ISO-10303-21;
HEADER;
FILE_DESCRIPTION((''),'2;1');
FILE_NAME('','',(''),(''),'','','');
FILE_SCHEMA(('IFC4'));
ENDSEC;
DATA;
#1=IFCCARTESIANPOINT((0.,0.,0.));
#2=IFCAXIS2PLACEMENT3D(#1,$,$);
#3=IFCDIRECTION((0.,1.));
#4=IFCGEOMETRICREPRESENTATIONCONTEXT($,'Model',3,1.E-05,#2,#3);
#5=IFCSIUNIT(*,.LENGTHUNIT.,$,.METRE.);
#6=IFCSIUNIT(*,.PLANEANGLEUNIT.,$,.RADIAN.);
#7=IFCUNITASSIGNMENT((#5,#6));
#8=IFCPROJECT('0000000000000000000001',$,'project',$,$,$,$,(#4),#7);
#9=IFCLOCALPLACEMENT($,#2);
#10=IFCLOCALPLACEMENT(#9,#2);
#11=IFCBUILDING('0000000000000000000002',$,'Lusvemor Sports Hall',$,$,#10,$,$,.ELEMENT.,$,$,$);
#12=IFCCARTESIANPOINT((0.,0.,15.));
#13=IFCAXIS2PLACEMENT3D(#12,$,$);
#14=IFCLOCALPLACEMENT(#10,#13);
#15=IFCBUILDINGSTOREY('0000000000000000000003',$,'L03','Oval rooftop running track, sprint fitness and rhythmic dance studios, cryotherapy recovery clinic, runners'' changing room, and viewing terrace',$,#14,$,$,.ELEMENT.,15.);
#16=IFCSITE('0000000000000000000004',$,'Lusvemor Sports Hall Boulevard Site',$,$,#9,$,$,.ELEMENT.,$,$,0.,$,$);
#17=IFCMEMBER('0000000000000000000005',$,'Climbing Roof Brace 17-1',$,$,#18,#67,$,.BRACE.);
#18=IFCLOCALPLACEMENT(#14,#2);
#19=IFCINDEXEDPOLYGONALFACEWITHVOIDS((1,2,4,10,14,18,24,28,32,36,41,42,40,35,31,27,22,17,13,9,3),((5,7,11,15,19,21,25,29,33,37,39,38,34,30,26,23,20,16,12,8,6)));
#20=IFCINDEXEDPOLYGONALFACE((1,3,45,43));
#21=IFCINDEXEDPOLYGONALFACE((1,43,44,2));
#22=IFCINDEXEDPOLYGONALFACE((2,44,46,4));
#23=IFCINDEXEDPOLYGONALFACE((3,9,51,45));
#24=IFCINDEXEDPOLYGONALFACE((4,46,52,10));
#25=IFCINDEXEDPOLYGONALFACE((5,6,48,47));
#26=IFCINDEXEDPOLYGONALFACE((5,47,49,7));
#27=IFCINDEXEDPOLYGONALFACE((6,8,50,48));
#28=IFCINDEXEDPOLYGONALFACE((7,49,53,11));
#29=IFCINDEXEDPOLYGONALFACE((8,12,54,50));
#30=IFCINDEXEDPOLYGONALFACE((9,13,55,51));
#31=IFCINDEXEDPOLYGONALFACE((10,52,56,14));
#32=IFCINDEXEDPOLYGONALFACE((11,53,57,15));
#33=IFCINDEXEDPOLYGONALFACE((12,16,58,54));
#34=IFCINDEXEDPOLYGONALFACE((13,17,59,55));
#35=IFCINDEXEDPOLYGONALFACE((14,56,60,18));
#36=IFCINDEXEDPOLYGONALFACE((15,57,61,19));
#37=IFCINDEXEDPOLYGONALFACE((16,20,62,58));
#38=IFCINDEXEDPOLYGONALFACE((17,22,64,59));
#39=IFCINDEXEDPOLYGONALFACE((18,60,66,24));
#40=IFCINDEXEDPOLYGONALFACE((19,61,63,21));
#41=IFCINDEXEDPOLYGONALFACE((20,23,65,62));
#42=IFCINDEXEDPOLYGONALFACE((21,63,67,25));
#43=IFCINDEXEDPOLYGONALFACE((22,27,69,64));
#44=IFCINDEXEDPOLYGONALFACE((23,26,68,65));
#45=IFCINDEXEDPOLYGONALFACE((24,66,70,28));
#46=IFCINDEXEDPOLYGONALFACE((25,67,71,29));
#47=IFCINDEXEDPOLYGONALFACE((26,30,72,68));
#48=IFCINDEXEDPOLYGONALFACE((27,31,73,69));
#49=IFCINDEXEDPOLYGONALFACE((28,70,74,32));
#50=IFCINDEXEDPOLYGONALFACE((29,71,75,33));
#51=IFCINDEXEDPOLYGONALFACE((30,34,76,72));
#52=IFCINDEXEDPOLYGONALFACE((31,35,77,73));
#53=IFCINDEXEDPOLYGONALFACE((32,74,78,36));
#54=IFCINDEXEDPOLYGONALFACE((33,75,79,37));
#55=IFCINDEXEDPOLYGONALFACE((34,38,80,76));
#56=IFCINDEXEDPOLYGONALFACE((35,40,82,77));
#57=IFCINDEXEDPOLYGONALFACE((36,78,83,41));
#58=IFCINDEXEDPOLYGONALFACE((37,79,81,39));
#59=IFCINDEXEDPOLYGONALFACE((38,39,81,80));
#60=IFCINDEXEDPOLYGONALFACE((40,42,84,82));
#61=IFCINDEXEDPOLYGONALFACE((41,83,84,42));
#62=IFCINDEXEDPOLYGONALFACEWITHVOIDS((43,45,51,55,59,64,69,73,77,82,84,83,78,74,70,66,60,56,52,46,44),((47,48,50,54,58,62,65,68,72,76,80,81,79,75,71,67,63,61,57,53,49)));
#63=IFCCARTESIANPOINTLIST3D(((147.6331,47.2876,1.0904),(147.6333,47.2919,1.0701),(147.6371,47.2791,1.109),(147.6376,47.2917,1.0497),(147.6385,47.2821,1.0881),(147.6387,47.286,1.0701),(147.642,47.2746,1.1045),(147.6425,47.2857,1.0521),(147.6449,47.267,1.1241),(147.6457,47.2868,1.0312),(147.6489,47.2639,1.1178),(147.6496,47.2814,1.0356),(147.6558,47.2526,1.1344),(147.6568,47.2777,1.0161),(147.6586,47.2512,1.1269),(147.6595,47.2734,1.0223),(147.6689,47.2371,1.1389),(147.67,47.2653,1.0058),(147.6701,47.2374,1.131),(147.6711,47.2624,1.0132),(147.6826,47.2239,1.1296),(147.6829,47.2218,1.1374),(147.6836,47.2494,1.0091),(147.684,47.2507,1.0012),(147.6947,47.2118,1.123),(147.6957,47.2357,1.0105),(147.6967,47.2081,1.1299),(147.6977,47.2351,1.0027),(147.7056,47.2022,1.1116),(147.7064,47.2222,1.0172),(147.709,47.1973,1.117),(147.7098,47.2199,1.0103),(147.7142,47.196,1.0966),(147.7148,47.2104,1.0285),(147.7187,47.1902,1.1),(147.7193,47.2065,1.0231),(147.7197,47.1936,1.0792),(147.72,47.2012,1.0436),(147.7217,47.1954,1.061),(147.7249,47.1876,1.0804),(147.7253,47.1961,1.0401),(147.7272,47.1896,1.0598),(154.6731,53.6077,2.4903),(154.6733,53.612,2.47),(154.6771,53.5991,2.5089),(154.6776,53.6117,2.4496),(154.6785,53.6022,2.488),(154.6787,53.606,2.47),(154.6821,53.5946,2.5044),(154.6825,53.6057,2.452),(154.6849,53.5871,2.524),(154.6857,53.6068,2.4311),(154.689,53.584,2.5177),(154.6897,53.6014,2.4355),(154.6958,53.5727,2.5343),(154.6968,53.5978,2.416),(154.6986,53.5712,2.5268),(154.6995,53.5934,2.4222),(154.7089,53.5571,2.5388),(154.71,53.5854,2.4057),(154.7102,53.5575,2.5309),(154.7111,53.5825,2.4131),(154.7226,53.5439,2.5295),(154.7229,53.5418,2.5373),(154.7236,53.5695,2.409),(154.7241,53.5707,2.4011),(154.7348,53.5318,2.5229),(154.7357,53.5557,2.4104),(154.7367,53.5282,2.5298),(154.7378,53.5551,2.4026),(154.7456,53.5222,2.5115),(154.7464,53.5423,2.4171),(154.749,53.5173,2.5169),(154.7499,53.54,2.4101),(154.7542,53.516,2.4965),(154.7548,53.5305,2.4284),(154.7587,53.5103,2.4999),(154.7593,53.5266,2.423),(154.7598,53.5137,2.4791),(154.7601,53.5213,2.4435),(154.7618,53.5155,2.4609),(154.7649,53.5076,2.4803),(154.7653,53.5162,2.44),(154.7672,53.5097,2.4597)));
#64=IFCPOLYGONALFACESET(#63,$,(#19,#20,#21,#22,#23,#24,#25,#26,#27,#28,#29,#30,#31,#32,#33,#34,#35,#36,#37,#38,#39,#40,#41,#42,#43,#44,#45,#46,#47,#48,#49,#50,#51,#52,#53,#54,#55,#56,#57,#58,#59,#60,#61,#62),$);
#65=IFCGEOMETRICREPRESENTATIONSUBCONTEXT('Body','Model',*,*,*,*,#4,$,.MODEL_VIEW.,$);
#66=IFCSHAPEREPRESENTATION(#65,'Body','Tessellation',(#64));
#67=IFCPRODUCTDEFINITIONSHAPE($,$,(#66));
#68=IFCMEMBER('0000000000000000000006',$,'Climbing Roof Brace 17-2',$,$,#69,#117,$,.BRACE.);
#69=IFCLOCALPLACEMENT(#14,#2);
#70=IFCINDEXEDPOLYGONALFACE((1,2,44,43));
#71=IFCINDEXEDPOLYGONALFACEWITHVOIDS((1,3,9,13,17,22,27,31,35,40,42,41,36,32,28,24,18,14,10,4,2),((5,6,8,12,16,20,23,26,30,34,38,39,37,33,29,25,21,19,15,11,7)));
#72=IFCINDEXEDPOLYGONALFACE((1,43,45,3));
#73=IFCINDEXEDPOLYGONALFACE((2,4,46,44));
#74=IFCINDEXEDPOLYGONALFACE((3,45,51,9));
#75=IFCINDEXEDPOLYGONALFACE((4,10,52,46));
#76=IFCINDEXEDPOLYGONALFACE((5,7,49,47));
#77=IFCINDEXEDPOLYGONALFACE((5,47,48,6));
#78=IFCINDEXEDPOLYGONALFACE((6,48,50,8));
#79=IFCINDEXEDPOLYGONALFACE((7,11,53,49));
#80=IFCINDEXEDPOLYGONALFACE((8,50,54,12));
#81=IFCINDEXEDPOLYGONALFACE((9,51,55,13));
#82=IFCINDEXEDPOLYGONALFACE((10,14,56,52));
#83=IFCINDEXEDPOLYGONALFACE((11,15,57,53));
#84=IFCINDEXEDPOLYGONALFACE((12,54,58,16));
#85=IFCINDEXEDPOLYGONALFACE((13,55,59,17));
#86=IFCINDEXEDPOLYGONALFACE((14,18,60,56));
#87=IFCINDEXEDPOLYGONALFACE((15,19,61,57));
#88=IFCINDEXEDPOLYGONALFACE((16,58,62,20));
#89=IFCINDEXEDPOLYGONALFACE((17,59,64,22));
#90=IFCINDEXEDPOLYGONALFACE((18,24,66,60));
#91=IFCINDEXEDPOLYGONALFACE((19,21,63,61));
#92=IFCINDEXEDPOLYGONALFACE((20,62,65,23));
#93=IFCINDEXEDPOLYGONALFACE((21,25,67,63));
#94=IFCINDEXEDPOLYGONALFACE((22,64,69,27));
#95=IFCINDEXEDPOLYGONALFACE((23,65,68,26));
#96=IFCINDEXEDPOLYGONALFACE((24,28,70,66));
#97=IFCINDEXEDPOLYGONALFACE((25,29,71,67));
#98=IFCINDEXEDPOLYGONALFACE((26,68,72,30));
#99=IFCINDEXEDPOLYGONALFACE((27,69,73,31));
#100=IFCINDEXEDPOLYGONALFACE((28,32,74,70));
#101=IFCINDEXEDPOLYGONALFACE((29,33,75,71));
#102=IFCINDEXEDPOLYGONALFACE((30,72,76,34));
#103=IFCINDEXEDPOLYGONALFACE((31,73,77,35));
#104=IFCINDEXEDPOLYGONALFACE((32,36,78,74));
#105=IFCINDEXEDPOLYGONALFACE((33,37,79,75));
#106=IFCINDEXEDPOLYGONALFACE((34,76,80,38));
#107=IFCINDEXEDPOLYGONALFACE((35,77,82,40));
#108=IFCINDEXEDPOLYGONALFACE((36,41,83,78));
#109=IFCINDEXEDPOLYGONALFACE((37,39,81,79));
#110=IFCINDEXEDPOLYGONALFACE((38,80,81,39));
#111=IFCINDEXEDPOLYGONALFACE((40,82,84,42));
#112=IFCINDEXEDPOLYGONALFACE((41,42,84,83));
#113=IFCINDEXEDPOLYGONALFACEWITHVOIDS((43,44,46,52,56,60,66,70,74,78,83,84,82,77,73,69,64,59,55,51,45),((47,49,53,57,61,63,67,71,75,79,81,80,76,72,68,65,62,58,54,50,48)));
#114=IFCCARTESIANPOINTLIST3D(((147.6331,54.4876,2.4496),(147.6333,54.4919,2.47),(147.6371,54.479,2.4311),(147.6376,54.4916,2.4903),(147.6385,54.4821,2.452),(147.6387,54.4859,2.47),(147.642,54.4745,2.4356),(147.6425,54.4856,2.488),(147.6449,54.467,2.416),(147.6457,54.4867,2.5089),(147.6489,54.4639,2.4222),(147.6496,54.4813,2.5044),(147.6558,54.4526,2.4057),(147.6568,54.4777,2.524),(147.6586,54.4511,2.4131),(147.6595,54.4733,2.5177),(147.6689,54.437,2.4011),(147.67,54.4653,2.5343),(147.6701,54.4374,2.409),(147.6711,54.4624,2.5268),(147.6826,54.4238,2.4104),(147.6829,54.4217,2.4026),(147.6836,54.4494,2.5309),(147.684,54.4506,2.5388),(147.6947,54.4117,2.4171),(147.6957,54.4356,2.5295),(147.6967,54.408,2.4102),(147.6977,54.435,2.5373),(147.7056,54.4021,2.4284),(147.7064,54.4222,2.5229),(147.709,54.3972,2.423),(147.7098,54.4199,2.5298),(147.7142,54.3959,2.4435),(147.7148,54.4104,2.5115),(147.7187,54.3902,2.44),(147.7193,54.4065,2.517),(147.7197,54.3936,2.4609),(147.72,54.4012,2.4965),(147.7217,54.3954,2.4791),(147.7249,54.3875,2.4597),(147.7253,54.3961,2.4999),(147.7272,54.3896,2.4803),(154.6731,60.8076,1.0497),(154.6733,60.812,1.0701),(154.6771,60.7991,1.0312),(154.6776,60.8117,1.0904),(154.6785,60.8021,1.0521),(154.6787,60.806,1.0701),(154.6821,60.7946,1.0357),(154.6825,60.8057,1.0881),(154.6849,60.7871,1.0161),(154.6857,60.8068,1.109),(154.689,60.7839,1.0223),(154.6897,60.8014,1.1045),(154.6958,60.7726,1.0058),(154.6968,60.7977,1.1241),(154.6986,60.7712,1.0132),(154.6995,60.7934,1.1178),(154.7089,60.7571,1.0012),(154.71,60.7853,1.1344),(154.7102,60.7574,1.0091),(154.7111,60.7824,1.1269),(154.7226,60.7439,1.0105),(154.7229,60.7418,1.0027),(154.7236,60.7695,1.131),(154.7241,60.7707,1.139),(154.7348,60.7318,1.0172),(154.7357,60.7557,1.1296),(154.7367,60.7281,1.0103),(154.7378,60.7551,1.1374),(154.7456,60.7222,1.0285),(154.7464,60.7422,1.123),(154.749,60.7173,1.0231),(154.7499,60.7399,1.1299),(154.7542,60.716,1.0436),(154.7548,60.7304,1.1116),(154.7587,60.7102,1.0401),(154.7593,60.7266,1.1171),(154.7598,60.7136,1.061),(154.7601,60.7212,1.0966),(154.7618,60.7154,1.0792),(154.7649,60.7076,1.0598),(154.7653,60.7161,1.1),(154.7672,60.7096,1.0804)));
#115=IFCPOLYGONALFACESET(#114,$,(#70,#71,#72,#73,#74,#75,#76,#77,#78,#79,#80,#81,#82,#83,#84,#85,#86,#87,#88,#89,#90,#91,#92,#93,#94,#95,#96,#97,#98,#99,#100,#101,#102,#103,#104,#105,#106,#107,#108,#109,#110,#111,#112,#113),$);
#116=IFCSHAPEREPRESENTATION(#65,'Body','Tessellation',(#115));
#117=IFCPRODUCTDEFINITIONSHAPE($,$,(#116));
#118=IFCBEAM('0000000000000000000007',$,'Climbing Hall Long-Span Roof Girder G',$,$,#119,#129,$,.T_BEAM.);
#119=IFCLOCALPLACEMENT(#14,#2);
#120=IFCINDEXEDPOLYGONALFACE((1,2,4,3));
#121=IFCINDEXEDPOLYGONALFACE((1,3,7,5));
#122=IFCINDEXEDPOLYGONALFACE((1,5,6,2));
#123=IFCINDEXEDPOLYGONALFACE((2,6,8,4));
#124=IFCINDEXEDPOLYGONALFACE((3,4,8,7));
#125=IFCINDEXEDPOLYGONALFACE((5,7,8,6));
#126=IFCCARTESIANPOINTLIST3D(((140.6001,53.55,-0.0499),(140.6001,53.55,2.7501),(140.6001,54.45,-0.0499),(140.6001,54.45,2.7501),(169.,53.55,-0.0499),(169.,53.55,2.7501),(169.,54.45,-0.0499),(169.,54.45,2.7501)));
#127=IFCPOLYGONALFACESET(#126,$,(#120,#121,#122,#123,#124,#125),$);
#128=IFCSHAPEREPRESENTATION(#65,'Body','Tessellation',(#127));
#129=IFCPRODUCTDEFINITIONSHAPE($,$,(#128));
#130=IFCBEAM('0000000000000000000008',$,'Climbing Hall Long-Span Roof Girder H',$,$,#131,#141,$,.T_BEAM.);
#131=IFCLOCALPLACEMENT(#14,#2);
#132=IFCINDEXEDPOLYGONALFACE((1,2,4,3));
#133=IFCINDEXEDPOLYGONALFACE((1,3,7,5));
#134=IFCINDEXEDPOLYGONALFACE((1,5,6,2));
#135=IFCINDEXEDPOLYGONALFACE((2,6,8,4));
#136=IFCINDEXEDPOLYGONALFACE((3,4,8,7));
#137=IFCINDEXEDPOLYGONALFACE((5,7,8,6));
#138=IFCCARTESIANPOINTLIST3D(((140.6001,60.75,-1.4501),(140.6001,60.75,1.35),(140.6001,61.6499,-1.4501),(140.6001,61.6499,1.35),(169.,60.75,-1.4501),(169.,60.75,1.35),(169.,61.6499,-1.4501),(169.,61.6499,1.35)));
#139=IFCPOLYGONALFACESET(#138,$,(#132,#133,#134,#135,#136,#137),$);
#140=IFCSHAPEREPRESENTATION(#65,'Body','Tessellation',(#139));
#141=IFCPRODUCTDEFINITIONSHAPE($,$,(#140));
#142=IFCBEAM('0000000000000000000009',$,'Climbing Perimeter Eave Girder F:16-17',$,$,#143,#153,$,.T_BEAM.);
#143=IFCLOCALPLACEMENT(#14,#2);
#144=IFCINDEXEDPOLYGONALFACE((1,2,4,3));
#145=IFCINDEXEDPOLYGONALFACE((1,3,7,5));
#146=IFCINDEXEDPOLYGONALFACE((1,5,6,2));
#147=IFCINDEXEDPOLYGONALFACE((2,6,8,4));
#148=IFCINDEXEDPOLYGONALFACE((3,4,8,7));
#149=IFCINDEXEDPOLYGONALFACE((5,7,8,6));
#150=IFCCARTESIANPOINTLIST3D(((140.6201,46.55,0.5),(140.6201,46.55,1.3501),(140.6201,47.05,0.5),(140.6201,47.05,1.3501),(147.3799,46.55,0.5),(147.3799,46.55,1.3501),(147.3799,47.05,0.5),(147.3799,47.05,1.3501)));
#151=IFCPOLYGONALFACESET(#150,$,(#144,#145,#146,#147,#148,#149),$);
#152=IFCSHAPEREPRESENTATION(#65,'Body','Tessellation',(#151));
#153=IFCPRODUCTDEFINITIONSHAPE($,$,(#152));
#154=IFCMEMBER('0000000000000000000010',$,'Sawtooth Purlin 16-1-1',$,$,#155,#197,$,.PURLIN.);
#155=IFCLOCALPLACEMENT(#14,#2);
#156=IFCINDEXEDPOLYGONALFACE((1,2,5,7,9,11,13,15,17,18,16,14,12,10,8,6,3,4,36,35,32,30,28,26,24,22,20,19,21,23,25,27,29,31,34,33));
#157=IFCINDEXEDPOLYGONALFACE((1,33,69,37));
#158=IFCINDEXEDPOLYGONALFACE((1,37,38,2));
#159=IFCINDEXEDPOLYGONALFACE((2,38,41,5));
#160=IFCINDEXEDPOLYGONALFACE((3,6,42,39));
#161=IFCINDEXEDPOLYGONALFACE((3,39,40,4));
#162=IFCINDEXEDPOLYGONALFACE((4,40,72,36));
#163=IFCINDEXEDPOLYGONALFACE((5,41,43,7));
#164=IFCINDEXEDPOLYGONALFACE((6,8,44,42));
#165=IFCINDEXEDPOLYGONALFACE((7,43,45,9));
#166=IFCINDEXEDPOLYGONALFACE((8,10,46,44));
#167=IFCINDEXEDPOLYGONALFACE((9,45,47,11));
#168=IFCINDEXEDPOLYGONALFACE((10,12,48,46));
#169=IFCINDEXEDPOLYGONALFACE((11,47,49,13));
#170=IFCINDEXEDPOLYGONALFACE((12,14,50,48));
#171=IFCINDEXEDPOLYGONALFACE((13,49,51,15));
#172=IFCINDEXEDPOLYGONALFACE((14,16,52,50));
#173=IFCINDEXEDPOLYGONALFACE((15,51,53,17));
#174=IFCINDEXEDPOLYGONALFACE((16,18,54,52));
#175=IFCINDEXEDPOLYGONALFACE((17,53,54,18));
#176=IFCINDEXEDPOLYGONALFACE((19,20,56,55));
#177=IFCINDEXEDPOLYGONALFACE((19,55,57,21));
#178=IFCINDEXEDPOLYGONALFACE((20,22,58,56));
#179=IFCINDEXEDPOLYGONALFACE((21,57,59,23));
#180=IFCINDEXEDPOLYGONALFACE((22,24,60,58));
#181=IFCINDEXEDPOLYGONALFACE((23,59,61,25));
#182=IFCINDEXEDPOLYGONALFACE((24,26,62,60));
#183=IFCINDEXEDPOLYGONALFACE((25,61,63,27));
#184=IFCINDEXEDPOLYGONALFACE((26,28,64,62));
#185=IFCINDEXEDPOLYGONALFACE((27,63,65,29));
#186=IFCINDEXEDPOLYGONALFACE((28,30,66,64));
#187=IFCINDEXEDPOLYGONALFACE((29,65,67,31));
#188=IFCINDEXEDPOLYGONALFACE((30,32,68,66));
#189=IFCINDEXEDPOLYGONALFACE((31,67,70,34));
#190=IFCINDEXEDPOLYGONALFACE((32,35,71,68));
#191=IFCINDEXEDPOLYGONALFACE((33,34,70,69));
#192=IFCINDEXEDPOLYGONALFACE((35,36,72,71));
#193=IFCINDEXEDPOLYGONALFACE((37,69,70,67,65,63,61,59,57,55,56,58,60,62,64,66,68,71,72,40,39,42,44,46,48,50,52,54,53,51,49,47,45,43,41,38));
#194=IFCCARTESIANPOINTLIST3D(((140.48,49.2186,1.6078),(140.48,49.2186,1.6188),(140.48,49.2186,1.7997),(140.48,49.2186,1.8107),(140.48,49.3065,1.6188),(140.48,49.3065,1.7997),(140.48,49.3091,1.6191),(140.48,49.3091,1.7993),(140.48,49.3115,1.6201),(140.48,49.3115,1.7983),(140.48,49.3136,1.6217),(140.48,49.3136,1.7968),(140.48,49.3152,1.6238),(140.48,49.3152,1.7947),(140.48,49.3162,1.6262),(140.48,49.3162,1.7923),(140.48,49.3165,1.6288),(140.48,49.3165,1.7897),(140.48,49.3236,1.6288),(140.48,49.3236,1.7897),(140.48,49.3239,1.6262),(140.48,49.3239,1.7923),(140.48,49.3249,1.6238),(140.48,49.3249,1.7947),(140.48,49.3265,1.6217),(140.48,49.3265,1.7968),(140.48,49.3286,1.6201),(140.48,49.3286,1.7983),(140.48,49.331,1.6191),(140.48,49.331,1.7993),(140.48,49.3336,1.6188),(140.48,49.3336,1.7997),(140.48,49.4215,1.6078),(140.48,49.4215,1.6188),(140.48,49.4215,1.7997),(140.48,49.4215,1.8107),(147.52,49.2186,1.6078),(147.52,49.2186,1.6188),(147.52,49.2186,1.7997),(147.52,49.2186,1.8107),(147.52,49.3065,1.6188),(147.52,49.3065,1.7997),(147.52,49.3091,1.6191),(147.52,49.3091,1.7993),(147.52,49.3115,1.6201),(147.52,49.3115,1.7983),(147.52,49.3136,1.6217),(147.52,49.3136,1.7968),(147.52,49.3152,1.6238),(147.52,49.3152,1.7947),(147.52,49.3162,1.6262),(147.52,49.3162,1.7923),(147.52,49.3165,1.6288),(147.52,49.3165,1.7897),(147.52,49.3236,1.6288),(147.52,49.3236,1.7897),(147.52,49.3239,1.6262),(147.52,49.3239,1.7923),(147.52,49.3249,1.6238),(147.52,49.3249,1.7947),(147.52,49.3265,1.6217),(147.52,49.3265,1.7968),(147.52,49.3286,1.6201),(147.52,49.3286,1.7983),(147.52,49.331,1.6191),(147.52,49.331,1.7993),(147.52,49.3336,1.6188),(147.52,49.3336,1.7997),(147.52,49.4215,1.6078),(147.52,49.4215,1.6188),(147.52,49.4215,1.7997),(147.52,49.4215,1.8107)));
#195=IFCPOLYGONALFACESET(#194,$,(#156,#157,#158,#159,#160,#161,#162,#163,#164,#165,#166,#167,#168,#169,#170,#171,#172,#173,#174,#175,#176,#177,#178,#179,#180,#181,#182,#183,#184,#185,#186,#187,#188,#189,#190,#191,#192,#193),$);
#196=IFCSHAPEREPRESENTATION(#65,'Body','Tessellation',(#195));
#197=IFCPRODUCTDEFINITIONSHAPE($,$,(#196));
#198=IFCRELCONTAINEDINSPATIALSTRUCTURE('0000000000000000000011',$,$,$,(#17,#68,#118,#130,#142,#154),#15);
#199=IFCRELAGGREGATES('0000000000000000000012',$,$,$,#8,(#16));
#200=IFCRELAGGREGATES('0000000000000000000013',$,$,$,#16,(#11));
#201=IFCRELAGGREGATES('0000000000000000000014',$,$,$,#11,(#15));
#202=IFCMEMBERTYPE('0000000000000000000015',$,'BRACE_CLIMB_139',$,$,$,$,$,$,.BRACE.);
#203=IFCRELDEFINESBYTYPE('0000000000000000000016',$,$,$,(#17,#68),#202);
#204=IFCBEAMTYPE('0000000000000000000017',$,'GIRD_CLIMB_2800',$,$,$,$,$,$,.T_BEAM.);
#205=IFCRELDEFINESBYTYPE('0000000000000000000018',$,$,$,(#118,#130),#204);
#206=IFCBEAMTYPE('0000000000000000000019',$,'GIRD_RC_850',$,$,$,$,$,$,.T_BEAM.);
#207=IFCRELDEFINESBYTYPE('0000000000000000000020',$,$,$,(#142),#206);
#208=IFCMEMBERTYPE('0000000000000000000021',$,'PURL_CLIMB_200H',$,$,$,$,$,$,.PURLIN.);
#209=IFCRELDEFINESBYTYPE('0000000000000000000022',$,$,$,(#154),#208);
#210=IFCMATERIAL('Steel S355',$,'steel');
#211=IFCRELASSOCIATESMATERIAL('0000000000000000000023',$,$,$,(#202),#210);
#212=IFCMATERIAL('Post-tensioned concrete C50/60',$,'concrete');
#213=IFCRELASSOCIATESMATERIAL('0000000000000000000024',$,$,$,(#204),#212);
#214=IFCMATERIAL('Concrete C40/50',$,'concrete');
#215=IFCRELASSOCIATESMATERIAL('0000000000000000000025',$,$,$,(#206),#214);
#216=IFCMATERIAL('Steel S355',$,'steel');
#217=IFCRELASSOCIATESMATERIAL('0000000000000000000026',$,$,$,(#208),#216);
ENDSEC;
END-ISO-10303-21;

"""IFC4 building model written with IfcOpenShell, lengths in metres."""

from ifc_helpers import new_model, si_unit, direction, frame, origin, origin_2d, place, context, subcontext, project, spatial, rectangle, hollow_circle, i_section, extrude, material, material_profile, profile_set, type_object, element, save


model = new_model("IFC4")

# Units and contexts
model_context = context("Model", 3, precision=1e-05, world=origin(), true_north=direction((0.0, 1.0)))
body_context = subcontext(model_context, "Body", "Model", "MODEL_VIEW")
ifc_project = project(units=[si_unit("LENGTHUNIT", "METRE"), si_unit("PLANEANGLEUNIT", "RADIAN")], contexts=[model_context])

# Site, building, storey
site_placement = place(None, origin())
site = spatial("IfcSite", under=ifc_project, at=site_placement, Name="Lusvemor Sports Hall Boulevard Site", CompositionType="ELEMENT", RefElevation=0.0)
building_placement = place(site_placement, origin())
building = spatial("IfcBuilding", under=site, at=building_placement, Name="Lusvemor Sports Hall", CompositionType="ELEMENT")
storey_placement = place(building_placement, frame((0.0, 0.0, 15.0)))
storey = spatial("IfcBuildingStorey", under=building, at=storey_placement, Name="L03", Description="Oval rooftop running track, sprint fitness and rhythmic dance studios, cryotherapy recovery clinic, runners' changing room, and viewing terrace", CompositionType="ELEMENT", Elevation=15.0)

# Members
ifc_material_1 = material(Name="Steel S355", Category="steel")
ifc_material_profile_1 = material_profile(ifc_material_1, hollow_circle(Radius=0.0698, WallThickness=0.0081, at=origin_2d()), Name="CHS139.7x8.0")
ifc_profile_set_1 = profile_set([ifc_material_profile_1], Name="Steel S355")
member_type_1 = type_object("IfcMemberType", Name="BRACE_CLIMB_139", PredefinedType="BRACE", material=ifc_profile_set_1)
for number, where, z_axis, x_axis, name in (
    (1, (147.6799, 47.24, 1.0701), (0.736118, 0.660836, 0.146376), (-0.668032, 0.744133, 0.0), "Climbing Roof Brace 17-1"),
    (2, (147.6799, 54.4399, 2.47), (0.736118, 0.660836, -0.146376), (-0.668032, 0.744133, 0.0), "Climbing Roof Brace 17-2"),
):
    element("IfcMember", number, at=place(storey_placement, frame(where, z_axis=z_axis, x_axis=x_axis)), inside=storey, type_object=member_type_1, Name=name, PredefinedType="BRACE", context=body_context, shape_type="SweptSolid", body=[
        extrude(hollow_circle(Radius=0.0698, WallThickness=0.0081, at=origin_2d()), origin(), (0.0, 0.0, 1.0), 9.5637),
    ])

# Beams
ifc_material_2 = material(Name="Post-tensioned concrete C50/60", Category="concrete")
ifc_material_profile_2 = material_profile(ifc_material_2, rectangle(XDim=0.8999, YDim=2.8, at=origin_2d()), Name="RC900x2800")
ifc_profile_set_2 = profile_set([ifc_material_profile_2], Name="Post-tensioned concrete C50/60")
beam_type_1 = type_object("IfcBeamType", Name="GIRD_CLIMB_2800", PredefinedType="T_BEAM", material=ifc_profile_set_2)
for number, where, z_axis, x_axis, name in (
    (3, (140.6001, 54.0, 1.3501), (1.0, 0.0, 0.0), (0.0, 1.0, 0.0), "Climbing Hall Long-Span Roof Girder G"),
    (4, (140.6001, 61.2, -0.05), (1.0, 0.0, 0.0), (0.0, 1.0, 0.0), "Climbing Hall Long-Span Roof Girder H"),
):
    element("IfcBeam", number, at=place(storey_placement, frame(where, z_axis=z_axis, x_axis=x_axis)), inside=storey, type_object=beam_type_1, Name=name, PredefinedType="T_BEAM", context=body_context, shape_type="SweptSolid", body=[
        extrude(rectangle(XDim=0.8999, YDim=2.8, at=origin_2d()), origin(), (0.0, 0.0, 1.0), 28.3999),
    ])
ifc_material_3 = material(Name="Concrete C40/50", Category="concrete")
ifc_material_profile_3 = material_profile(ifc_material_3, rectangle(XDim=0.5, YDim=0.8501, at=origin_2d()), Name="RC500x850")
ifc_profile_set_3 = profile_set([ifc_material_profile_3], Name="Concrete C40/50")
beam_type_2 = type_object("IfcBeamType", Name="GIRD_RC_850", PredefinedType="T_BEAM", material=ifc_profile_set_3)
beam_1_placement = place(storey_placement, frame((140.6201, 46.8, 0.925), z_axis=(1.0, 0.0, 0.0), x_axis=(0.0, 1.0, 0.0)))
element("IfcBeam", 5, at=beam_1_placement, inside=storey, type_object=beam_type_2, Name="Climbing Perimeter Eave Girder F:16-17", PredefinedType="T_BEAM", context=body_context, shape_type="SweptSolid", body=[
    extrude(rectangle(XDim=0.5, YDim=0.8501, at=origin_2d()), origin(), (0.0, 0.0, 1.0), 6.7598),
])

# Member
ifc_material_4 = material(Name="Steel S355", Category="steel")
ifc_material_profile_4 = material_profile(ifc_material_4, i_section(OverallWidth=0.2029, OverallDepth=0.2029, WebThickness=0.0071, FlangeThickness=0.011, FilletRadius=0.01, at=origin_2d()), Name="W200x46.1")
ifc_profile_set_4 = profile_set([ifc_material_profile_4], Name="Steel S355")
member_type_2 = type_object("IfcMemberType", Name="PURL_CLIMB_200H", PredefinedType="PURLIN", material=ifc_profile_set_4)
for number, where, z_axis, x_axis, name in (
    (6, (140.48, 49.3201, 1.7092), (1.0, 0.0, 0.0), (0.0, 1.0, 0.0), "Sawtooth Purlin 16-1-1"),
):
    element("IfcMember", number, at=place(storey_placement, frame(where, z_axis=z_axis, x_axis=x_axis)), inside=storey, type_object=member_type_2, Name=name, PredefinedType="PURLIN", context=body_context, shape_type="SweptSolid", body=[
        extrude(i_section(OverallWidth=0.2029, OverallDepth=0.2029, WebThickness=0.0071, FlangeThickness=0.011, FilletRadius=0.01, at=origin_2d()), origin(), (0.0, 0.0, 1.0), 7.04),
    ])

save(model, "model.ifc")
